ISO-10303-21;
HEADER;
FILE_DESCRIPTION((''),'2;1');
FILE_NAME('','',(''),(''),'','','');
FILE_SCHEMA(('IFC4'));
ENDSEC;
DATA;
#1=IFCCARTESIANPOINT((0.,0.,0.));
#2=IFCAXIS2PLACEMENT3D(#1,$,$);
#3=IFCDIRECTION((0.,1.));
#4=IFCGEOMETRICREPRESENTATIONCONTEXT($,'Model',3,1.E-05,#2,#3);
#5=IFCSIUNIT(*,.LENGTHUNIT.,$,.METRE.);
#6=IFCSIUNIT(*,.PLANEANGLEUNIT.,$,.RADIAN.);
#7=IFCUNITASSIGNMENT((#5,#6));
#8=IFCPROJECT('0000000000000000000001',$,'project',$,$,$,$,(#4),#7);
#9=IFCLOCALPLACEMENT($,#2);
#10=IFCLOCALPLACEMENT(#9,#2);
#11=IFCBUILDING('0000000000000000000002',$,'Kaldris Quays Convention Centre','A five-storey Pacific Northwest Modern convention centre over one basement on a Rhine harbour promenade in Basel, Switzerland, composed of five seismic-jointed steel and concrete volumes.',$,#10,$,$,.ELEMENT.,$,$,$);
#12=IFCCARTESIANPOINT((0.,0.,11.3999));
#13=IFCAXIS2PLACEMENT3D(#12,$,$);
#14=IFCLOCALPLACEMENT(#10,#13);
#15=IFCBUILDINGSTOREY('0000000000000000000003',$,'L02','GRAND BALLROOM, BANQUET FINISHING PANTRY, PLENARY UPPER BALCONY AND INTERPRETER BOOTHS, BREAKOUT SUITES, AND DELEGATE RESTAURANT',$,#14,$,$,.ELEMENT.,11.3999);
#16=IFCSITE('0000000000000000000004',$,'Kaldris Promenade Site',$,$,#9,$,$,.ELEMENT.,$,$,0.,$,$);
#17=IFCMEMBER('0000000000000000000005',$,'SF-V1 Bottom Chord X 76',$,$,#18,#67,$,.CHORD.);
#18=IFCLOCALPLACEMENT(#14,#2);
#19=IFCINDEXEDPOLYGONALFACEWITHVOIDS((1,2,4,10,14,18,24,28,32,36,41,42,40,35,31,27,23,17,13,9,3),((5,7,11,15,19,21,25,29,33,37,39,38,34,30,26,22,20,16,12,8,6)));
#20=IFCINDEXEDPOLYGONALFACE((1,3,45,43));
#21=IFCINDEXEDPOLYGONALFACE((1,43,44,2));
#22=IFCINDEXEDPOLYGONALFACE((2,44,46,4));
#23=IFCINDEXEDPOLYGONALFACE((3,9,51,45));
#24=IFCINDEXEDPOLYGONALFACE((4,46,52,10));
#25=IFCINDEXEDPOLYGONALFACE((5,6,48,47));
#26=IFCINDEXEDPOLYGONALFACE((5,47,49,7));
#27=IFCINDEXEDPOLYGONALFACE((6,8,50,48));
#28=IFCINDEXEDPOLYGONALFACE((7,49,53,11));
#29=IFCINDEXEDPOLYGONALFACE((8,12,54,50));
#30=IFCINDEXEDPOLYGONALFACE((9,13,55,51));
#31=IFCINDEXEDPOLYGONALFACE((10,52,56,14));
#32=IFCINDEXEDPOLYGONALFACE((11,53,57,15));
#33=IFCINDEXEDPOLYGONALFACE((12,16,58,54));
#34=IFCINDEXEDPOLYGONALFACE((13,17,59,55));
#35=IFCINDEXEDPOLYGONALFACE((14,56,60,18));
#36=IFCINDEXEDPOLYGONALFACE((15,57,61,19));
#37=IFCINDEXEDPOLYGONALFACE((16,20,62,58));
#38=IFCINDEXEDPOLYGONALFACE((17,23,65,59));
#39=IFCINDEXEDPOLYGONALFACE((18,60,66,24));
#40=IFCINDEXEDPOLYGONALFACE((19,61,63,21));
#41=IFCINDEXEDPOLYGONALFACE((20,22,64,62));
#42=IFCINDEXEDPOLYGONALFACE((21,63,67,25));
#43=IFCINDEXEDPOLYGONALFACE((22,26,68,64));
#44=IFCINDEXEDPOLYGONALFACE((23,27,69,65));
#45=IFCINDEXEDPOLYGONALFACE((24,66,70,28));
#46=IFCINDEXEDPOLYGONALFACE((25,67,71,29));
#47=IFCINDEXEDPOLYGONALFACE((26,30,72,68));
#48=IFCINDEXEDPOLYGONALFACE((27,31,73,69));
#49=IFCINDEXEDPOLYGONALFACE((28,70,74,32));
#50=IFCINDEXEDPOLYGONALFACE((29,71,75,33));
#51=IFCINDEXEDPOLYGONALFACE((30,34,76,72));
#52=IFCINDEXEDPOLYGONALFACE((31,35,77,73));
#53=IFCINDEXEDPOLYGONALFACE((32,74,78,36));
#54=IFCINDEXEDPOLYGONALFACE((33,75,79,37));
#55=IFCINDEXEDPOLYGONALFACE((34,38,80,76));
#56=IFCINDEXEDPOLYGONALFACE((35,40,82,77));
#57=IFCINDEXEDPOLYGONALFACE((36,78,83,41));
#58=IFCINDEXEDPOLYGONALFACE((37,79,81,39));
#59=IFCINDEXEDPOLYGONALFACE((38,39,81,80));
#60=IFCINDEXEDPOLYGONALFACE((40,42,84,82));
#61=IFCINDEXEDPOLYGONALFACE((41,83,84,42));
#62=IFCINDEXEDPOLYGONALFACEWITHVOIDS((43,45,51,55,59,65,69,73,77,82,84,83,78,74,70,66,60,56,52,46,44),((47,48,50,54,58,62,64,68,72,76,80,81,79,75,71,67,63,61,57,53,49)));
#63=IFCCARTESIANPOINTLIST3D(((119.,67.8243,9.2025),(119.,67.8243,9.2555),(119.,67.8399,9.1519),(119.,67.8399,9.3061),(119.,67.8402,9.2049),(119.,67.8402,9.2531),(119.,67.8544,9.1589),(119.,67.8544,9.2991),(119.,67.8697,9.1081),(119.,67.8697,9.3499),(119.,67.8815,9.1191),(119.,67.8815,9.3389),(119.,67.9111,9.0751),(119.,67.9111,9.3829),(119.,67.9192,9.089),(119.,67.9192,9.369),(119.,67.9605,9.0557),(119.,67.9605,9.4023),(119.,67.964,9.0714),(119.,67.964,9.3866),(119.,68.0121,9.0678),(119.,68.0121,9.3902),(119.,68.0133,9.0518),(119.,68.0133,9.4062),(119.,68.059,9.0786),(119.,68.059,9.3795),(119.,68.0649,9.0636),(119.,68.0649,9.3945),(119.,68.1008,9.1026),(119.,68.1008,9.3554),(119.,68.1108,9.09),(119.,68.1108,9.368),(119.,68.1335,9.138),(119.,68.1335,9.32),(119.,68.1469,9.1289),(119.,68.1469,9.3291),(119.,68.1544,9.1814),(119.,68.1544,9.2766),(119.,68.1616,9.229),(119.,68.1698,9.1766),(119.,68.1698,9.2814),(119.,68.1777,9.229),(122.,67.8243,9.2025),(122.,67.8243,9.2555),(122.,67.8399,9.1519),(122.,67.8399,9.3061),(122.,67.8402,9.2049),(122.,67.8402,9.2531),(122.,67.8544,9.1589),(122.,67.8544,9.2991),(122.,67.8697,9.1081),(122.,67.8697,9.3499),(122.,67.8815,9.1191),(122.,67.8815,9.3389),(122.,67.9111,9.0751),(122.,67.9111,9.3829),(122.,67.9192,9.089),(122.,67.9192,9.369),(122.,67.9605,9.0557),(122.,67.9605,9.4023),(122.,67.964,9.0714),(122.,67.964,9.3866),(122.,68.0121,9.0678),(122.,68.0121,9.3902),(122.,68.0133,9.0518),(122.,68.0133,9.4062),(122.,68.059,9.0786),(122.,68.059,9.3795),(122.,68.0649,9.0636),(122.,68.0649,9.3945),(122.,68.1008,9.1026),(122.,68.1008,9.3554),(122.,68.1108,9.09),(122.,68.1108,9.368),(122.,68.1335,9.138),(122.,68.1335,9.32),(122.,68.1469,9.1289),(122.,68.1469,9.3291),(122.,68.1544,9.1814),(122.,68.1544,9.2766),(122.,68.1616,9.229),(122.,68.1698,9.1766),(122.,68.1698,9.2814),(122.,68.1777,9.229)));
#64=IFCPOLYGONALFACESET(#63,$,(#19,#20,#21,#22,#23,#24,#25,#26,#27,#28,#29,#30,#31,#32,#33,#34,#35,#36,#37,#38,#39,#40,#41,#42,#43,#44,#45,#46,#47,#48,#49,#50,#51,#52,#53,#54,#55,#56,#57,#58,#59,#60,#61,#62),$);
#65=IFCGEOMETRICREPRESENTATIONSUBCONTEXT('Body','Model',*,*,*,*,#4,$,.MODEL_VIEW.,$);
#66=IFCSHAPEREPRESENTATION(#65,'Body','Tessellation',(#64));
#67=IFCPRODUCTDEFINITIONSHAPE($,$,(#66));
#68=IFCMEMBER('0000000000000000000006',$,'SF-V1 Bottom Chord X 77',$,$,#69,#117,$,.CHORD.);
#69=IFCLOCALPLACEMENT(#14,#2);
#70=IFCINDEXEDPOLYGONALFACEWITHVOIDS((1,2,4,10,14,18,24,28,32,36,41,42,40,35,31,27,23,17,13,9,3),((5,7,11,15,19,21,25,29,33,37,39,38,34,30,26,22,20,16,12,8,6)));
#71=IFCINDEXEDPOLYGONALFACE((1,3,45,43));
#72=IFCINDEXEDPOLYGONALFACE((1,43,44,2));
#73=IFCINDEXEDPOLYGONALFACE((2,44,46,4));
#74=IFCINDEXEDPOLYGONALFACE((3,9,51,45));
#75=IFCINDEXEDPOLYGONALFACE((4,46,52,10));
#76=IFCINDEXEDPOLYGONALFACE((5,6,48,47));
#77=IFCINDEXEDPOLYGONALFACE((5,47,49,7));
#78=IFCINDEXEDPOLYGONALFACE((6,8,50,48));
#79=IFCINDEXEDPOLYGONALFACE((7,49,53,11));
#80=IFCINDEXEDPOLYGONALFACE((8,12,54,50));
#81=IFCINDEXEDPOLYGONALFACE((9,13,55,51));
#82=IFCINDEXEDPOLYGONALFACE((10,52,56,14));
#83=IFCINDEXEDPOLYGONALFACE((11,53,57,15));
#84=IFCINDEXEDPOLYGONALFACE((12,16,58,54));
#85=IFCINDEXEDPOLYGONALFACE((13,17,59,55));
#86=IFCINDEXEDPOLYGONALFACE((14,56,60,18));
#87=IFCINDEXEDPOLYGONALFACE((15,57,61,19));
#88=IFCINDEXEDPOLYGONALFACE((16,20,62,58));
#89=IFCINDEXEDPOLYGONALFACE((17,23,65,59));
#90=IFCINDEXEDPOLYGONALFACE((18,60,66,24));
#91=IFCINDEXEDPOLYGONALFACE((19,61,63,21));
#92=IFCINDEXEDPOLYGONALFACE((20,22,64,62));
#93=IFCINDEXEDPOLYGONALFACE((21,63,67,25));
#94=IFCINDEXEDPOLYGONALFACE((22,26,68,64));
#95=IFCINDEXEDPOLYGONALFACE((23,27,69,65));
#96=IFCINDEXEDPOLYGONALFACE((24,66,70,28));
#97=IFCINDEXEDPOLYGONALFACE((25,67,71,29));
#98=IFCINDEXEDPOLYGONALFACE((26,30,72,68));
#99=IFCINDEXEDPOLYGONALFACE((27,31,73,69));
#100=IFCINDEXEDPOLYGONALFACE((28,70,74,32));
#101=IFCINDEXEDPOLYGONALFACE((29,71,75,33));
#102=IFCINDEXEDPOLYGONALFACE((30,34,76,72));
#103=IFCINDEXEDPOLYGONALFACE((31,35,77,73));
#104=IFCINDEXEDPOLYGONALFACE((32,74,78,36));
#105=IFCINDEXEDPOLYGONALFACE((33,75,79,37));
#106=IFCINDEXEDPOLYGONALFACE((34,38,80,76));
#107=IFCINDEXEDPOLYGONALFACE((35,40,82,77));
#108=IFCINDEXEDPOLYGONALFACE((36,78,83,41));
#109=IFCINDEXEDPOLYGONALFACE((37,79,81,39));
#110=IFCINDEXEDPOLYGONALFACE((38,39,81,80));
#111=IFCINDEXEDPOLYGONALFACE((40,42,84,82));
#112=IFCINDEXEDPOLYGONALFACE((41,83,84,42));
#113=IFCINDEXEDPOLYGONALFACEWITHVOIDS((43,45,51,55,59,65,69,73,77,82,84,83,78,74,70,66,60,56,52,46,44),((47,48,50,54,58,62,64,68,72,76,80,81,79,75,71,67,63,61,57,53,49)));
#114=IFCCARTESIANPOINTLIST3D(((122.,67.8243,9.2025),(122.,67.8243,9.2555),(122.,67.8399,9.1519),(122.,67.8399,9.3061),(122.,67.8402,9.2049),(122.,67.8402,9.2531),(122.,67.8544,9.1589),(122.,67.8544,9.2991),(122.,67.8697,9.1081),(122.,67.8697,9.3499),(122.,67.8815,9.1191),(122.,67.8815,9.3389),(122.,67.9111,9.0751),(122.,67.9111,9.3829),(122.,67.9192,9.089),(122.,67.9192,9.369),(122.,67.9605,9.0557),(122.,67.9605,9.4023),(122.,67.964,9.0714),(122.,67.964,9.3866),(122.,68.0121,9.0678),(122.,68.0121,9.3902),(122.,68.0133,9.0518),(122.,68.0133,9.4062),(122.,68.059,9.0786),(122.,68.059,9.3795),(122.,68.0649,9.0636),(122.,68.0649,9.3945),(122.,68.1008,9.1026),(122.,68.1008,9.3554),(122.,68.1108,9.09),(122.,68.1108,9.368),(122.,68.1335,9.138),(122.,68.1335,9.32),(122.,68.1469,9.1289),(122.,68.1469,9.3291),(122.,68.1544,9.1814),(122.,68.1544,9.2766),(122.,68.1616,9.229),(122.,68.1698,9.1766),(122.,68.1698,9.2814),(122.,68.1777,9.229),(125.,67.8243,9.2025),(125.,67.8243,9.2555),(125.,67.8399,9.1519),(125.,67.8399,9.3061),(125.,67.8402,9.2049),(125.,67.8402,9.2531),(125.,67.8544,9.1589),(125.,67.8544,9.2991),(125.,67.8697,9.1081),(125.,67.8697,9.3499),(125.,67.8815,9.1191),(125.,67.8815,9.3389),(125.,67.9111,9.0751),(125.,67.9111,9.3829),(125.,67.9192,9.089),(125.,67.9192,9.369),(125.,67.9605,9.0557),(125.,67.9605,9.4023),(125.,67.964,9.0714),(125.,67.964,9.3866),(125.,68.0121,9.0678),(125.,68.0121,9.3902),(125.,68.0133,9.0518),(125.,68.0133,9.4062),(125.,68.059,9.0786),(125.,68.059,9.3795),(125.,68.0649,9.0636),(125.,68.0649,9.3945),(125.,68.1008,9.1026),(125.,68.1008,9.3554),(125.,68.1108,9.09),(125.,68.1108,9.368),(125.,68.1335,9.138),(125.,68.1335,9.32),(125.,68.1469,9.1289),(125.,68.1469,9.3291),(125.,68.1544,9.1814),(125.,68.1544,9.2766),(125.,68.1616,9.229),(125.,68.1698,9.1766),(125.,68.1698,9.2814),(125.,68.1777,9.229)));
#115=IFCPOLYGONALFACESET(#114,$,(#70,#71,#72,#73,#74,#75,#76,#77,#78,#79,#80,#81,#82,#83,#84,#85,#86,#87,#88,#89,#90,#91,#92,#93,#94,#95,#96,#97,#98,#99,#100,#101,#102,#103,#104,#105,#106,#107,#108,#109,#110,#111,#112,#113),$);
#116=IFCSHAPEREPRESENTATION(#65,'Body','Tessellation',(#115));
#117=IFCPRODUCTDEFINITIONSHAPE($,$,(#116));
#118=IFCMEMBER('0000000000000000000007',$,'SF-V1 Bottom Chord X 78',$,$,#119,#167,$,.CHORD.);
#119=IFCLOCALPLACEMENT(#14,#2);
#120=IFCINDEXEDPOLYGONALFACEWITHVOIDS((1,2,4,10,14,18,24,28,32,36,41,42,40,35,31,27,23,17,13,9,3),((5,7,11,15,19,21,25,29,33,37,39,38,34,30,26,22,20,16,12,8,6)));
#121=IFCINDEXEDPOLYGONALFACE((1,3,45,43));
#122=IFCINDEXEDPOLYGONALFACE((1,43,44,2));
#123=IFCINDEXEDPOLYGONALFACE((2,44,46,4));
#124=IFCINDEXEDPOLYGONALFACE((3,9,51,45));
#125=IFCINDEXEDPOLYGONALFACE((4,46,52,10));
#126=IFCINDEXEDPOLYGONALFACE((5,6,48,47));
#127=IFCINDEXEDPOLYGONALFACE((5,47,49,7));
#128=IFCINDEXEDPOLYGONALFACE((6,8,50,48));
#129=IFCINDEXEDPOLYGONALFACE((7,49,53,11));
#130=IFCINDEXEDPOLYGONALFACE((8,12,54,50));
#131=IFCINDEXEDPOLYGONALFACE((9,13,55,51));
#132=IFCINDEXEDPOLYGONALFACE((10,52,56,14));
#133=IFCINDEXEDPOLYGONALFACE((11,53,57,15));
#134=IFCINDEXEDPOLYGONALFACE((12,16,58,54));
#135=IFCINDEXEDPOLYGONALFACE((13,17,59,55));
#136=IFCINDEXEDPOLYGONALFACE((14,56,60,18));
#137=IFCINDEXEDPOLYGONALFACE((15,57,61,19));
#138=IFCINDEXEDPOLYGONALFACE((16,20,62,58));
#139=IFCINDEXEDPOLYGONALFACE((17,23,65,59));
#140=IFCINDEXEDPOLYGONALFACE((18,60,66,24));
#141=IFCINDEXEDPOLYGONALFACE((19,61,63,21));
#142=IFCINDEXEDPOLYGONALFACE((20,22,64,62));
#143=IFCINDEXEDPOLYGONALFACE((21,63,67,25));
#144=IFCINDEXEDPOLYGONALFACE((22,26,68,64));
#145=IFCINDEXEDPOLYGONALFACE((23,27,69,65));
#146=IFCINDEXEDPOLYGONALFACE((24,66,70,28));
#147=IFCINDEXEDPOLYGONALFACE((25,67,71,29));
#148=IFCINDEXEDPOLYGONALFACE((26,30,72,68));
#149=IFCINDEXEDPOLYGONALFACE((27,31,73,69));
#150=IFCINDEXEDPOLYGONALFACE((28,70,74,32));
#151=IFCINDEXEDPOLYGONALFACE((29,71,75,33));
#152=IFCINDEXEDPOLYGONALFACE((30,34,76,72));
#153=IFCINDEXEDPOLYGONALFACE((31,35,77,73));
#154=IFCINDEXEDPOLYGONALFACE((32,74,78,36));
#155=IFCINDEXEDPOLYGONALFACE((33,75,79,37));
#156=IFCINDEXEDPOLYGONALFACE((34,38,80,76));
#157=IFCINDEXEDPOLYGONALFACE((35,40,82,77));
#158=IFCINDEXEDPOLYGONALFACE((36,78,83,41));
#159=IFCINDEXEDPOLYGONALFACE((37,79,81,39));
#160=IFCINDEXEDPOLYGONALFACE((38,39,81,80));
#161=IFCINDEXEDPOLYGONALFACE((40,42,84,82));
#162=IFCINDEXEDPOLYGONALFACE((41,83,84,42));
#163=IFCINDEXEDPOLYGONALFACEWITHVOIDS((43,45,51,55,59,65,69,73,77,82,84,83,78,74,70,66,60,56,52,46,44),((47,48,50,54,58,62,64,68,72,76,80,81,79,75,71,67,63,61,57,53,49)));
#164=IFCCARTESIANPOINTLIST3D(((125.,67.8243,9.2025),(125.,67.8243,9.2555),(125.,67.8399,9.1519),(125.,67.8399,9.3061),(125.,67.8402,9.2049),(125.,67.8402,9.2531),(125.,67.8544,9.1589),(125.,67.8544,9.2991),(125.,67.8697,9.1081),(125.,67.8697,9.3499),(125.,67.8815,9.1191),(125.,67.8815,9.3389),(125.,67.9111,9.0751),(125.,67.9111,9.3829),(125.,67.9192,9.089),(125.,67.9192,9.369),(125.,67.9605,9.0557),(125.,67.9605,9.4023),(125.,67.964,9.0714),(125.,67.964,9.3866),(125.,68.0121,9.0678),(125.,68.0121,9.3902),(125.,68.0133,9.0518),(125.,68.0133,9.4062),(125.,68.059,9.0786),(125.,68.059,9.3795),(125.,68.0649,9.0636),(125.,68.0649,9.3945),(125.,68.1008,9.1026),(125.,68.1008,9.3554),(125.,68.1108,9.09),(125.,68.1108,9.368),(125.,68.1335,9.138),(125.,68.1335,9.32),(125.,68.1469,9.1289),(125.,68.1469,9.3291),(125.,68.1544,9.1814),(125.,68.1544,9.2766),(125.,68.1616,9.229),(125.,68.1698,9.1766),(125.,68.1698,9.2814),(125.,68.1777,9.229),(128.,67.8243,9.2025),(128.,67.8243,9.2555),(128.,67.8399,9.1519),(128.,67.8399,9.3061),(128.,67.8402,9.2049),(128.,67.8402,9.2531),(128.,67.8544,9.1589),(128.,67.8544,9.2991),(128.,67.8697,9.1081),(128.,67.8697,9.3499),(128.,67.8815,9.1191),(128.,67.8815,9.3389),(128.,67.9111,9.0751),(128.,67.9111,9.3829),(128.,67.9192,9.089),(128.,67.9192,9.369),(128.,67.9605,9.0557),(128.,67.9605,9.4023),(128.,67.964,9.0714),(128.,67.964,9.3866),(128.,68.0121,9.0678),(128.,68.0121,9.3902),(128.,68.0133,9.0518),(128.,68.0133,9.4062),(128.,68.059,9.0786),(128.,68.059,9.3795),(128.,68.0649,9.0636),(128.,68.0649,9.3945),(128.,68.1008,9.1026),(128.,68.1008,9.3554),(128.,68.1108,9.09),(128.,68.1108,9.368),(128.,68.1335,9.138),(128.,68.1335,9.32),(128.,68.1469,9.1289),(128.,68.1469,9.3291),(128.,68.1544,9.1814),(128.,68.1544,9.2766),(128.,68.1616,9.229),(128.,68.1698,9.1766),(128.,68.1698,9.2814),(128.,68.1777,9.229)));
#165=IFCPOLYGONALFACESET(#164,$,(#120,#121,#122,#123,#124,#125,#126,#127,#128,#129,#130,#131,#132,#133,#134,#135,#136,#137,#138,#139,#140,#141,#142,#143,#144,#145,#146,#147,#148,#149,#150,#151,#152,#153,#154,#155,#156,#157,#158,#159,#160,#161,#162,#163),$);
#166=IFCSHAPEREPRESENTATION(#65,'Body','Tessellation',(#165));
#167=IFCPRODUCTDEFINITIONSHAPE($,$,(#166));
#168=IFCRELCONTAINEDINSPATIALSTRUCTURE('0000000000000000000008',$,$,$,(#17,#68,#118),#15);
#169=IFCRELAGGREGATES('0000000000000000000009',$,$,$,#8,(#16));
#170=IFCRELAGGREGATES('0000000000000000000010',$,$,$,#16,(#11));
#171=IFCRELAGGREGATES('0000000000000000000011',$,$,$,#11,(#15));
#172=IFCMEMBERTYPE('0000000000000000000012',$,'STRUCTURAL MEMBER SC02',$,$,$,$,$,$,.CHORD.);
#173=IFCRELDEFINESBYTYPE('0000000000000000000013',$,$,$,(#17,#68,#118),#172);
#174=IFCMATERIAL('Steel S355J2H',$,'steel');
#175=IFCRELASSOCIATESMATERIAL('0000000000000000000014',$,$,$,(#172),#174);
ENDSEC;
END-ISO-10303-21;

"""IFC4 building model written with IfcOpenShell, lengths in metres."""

from ifc_helpers import new_model, si_unit, direction, frame, origin, origin_2d, place, context, subcontext, project, spatial, hollow_circle, extrude, material, material_profile, profile_set, type_object, element, save


model = new_model("IFC4")

# Units and contexts
model_context = context("Model", 3, precision=1e-05, world=origin(), true_north=direction((0.0, 1.0)))
body_context = subcontext(model_context, "Body", "Model", "MODEL_VIEW")
ifc_project = project(units=[si_unit("LENGTHUNIT", "METRE"), si_unit("PLANEANGLEUNIT", "RADIAN")], contexts=[model_context])

# Site, building, storey
site_placement = place(None, origin())
site = spatial("IfcSite", under=ifc_project, at=site_placement, Name="Kaldris Promenade Site", CompositionType="ELEMENT", RefElevation=0.0)
building_placement = place(site_placement, origin())
building = spatial("IfcBuilding", under=site, at=building_placement, Name="Kaldris Quays Convention Centre", Description="A five-storey Pacific Northwest Modern convention centre over one basement on a Rhine harbour promenade in Basel, Switzerland, composed of five seismic-jointed steel and concrete volumes.", CompositionType="ELEMENT")
storey_placement = place(building_placement, frame((0.0, 0.0, 11.3999)))
storey = spatial("IfcBuildingStorey", under=building, at=storey_placement, Name="L02", Description="GRAND BALLROOM, BANQUET FINISHING PANTRY, PLENARY UPPER BALCONY AND INTERPRETER BOOTHS, BREAKOUT SUITES, AND DELEGATE RESTAURANT", CompositionType="ELEMENT", Elevation=11.3999)

# Members
ifc_material_1 = material(Name="Steel S355J2H", Category="steel")
ifc_material_profile_1 = material_profile(ifc_material_1, hollow_circle(Radius=0.1777, WallThickness=0.0161, at=origin_2d()), Name="CHS 355.6x16")
ifc_profile_set_1 = profile_set([ifc_material_profile_1], Name="Steel S355J2H")
member_type_1 = type_object("IfcMemberType", Name="STRUCTURAL MEMBER SC02", PredefinedType="CHORD", material=ifc_profile_set_1)
for number, where, z_axis, x_axis, name in (
    (1, (119.0, 68.0, 9.229), (1.0, 0.0, 0.0), (0.0, 1.0, 0.0), "SF-V1 Bottom Chord X 76"),
    (2, (122.0, 68.0, 9.229), (1.0, 0.0, 0.0), (0.0, 1.0, 0.0), "SF-V1 Bottom Chord X 77"),
    (3, (125.0, 68.0, 9.229), (1.0, 0.0, 0.0), (0.0, 1.0, 0.0), "SF-V1 Bottom Chord X 78"),
):
    element("IfcMember", number, at=place(storey_placement, frame(where, z_axis=z_axis, x_axis=x_axis)), inside=storey, type_object=member_type_1, Name=name, PredefinedType="CHORD", context=body_context, shape_type="SweptSolid", body=[
        extrude(hollow_circle(Radius=0.1777, WallThickness=0.0161, at=origin_2d()), origin(), (0.0, 0.0, 1.0), 3.0),
    ])

save(model, "model.ifc")
